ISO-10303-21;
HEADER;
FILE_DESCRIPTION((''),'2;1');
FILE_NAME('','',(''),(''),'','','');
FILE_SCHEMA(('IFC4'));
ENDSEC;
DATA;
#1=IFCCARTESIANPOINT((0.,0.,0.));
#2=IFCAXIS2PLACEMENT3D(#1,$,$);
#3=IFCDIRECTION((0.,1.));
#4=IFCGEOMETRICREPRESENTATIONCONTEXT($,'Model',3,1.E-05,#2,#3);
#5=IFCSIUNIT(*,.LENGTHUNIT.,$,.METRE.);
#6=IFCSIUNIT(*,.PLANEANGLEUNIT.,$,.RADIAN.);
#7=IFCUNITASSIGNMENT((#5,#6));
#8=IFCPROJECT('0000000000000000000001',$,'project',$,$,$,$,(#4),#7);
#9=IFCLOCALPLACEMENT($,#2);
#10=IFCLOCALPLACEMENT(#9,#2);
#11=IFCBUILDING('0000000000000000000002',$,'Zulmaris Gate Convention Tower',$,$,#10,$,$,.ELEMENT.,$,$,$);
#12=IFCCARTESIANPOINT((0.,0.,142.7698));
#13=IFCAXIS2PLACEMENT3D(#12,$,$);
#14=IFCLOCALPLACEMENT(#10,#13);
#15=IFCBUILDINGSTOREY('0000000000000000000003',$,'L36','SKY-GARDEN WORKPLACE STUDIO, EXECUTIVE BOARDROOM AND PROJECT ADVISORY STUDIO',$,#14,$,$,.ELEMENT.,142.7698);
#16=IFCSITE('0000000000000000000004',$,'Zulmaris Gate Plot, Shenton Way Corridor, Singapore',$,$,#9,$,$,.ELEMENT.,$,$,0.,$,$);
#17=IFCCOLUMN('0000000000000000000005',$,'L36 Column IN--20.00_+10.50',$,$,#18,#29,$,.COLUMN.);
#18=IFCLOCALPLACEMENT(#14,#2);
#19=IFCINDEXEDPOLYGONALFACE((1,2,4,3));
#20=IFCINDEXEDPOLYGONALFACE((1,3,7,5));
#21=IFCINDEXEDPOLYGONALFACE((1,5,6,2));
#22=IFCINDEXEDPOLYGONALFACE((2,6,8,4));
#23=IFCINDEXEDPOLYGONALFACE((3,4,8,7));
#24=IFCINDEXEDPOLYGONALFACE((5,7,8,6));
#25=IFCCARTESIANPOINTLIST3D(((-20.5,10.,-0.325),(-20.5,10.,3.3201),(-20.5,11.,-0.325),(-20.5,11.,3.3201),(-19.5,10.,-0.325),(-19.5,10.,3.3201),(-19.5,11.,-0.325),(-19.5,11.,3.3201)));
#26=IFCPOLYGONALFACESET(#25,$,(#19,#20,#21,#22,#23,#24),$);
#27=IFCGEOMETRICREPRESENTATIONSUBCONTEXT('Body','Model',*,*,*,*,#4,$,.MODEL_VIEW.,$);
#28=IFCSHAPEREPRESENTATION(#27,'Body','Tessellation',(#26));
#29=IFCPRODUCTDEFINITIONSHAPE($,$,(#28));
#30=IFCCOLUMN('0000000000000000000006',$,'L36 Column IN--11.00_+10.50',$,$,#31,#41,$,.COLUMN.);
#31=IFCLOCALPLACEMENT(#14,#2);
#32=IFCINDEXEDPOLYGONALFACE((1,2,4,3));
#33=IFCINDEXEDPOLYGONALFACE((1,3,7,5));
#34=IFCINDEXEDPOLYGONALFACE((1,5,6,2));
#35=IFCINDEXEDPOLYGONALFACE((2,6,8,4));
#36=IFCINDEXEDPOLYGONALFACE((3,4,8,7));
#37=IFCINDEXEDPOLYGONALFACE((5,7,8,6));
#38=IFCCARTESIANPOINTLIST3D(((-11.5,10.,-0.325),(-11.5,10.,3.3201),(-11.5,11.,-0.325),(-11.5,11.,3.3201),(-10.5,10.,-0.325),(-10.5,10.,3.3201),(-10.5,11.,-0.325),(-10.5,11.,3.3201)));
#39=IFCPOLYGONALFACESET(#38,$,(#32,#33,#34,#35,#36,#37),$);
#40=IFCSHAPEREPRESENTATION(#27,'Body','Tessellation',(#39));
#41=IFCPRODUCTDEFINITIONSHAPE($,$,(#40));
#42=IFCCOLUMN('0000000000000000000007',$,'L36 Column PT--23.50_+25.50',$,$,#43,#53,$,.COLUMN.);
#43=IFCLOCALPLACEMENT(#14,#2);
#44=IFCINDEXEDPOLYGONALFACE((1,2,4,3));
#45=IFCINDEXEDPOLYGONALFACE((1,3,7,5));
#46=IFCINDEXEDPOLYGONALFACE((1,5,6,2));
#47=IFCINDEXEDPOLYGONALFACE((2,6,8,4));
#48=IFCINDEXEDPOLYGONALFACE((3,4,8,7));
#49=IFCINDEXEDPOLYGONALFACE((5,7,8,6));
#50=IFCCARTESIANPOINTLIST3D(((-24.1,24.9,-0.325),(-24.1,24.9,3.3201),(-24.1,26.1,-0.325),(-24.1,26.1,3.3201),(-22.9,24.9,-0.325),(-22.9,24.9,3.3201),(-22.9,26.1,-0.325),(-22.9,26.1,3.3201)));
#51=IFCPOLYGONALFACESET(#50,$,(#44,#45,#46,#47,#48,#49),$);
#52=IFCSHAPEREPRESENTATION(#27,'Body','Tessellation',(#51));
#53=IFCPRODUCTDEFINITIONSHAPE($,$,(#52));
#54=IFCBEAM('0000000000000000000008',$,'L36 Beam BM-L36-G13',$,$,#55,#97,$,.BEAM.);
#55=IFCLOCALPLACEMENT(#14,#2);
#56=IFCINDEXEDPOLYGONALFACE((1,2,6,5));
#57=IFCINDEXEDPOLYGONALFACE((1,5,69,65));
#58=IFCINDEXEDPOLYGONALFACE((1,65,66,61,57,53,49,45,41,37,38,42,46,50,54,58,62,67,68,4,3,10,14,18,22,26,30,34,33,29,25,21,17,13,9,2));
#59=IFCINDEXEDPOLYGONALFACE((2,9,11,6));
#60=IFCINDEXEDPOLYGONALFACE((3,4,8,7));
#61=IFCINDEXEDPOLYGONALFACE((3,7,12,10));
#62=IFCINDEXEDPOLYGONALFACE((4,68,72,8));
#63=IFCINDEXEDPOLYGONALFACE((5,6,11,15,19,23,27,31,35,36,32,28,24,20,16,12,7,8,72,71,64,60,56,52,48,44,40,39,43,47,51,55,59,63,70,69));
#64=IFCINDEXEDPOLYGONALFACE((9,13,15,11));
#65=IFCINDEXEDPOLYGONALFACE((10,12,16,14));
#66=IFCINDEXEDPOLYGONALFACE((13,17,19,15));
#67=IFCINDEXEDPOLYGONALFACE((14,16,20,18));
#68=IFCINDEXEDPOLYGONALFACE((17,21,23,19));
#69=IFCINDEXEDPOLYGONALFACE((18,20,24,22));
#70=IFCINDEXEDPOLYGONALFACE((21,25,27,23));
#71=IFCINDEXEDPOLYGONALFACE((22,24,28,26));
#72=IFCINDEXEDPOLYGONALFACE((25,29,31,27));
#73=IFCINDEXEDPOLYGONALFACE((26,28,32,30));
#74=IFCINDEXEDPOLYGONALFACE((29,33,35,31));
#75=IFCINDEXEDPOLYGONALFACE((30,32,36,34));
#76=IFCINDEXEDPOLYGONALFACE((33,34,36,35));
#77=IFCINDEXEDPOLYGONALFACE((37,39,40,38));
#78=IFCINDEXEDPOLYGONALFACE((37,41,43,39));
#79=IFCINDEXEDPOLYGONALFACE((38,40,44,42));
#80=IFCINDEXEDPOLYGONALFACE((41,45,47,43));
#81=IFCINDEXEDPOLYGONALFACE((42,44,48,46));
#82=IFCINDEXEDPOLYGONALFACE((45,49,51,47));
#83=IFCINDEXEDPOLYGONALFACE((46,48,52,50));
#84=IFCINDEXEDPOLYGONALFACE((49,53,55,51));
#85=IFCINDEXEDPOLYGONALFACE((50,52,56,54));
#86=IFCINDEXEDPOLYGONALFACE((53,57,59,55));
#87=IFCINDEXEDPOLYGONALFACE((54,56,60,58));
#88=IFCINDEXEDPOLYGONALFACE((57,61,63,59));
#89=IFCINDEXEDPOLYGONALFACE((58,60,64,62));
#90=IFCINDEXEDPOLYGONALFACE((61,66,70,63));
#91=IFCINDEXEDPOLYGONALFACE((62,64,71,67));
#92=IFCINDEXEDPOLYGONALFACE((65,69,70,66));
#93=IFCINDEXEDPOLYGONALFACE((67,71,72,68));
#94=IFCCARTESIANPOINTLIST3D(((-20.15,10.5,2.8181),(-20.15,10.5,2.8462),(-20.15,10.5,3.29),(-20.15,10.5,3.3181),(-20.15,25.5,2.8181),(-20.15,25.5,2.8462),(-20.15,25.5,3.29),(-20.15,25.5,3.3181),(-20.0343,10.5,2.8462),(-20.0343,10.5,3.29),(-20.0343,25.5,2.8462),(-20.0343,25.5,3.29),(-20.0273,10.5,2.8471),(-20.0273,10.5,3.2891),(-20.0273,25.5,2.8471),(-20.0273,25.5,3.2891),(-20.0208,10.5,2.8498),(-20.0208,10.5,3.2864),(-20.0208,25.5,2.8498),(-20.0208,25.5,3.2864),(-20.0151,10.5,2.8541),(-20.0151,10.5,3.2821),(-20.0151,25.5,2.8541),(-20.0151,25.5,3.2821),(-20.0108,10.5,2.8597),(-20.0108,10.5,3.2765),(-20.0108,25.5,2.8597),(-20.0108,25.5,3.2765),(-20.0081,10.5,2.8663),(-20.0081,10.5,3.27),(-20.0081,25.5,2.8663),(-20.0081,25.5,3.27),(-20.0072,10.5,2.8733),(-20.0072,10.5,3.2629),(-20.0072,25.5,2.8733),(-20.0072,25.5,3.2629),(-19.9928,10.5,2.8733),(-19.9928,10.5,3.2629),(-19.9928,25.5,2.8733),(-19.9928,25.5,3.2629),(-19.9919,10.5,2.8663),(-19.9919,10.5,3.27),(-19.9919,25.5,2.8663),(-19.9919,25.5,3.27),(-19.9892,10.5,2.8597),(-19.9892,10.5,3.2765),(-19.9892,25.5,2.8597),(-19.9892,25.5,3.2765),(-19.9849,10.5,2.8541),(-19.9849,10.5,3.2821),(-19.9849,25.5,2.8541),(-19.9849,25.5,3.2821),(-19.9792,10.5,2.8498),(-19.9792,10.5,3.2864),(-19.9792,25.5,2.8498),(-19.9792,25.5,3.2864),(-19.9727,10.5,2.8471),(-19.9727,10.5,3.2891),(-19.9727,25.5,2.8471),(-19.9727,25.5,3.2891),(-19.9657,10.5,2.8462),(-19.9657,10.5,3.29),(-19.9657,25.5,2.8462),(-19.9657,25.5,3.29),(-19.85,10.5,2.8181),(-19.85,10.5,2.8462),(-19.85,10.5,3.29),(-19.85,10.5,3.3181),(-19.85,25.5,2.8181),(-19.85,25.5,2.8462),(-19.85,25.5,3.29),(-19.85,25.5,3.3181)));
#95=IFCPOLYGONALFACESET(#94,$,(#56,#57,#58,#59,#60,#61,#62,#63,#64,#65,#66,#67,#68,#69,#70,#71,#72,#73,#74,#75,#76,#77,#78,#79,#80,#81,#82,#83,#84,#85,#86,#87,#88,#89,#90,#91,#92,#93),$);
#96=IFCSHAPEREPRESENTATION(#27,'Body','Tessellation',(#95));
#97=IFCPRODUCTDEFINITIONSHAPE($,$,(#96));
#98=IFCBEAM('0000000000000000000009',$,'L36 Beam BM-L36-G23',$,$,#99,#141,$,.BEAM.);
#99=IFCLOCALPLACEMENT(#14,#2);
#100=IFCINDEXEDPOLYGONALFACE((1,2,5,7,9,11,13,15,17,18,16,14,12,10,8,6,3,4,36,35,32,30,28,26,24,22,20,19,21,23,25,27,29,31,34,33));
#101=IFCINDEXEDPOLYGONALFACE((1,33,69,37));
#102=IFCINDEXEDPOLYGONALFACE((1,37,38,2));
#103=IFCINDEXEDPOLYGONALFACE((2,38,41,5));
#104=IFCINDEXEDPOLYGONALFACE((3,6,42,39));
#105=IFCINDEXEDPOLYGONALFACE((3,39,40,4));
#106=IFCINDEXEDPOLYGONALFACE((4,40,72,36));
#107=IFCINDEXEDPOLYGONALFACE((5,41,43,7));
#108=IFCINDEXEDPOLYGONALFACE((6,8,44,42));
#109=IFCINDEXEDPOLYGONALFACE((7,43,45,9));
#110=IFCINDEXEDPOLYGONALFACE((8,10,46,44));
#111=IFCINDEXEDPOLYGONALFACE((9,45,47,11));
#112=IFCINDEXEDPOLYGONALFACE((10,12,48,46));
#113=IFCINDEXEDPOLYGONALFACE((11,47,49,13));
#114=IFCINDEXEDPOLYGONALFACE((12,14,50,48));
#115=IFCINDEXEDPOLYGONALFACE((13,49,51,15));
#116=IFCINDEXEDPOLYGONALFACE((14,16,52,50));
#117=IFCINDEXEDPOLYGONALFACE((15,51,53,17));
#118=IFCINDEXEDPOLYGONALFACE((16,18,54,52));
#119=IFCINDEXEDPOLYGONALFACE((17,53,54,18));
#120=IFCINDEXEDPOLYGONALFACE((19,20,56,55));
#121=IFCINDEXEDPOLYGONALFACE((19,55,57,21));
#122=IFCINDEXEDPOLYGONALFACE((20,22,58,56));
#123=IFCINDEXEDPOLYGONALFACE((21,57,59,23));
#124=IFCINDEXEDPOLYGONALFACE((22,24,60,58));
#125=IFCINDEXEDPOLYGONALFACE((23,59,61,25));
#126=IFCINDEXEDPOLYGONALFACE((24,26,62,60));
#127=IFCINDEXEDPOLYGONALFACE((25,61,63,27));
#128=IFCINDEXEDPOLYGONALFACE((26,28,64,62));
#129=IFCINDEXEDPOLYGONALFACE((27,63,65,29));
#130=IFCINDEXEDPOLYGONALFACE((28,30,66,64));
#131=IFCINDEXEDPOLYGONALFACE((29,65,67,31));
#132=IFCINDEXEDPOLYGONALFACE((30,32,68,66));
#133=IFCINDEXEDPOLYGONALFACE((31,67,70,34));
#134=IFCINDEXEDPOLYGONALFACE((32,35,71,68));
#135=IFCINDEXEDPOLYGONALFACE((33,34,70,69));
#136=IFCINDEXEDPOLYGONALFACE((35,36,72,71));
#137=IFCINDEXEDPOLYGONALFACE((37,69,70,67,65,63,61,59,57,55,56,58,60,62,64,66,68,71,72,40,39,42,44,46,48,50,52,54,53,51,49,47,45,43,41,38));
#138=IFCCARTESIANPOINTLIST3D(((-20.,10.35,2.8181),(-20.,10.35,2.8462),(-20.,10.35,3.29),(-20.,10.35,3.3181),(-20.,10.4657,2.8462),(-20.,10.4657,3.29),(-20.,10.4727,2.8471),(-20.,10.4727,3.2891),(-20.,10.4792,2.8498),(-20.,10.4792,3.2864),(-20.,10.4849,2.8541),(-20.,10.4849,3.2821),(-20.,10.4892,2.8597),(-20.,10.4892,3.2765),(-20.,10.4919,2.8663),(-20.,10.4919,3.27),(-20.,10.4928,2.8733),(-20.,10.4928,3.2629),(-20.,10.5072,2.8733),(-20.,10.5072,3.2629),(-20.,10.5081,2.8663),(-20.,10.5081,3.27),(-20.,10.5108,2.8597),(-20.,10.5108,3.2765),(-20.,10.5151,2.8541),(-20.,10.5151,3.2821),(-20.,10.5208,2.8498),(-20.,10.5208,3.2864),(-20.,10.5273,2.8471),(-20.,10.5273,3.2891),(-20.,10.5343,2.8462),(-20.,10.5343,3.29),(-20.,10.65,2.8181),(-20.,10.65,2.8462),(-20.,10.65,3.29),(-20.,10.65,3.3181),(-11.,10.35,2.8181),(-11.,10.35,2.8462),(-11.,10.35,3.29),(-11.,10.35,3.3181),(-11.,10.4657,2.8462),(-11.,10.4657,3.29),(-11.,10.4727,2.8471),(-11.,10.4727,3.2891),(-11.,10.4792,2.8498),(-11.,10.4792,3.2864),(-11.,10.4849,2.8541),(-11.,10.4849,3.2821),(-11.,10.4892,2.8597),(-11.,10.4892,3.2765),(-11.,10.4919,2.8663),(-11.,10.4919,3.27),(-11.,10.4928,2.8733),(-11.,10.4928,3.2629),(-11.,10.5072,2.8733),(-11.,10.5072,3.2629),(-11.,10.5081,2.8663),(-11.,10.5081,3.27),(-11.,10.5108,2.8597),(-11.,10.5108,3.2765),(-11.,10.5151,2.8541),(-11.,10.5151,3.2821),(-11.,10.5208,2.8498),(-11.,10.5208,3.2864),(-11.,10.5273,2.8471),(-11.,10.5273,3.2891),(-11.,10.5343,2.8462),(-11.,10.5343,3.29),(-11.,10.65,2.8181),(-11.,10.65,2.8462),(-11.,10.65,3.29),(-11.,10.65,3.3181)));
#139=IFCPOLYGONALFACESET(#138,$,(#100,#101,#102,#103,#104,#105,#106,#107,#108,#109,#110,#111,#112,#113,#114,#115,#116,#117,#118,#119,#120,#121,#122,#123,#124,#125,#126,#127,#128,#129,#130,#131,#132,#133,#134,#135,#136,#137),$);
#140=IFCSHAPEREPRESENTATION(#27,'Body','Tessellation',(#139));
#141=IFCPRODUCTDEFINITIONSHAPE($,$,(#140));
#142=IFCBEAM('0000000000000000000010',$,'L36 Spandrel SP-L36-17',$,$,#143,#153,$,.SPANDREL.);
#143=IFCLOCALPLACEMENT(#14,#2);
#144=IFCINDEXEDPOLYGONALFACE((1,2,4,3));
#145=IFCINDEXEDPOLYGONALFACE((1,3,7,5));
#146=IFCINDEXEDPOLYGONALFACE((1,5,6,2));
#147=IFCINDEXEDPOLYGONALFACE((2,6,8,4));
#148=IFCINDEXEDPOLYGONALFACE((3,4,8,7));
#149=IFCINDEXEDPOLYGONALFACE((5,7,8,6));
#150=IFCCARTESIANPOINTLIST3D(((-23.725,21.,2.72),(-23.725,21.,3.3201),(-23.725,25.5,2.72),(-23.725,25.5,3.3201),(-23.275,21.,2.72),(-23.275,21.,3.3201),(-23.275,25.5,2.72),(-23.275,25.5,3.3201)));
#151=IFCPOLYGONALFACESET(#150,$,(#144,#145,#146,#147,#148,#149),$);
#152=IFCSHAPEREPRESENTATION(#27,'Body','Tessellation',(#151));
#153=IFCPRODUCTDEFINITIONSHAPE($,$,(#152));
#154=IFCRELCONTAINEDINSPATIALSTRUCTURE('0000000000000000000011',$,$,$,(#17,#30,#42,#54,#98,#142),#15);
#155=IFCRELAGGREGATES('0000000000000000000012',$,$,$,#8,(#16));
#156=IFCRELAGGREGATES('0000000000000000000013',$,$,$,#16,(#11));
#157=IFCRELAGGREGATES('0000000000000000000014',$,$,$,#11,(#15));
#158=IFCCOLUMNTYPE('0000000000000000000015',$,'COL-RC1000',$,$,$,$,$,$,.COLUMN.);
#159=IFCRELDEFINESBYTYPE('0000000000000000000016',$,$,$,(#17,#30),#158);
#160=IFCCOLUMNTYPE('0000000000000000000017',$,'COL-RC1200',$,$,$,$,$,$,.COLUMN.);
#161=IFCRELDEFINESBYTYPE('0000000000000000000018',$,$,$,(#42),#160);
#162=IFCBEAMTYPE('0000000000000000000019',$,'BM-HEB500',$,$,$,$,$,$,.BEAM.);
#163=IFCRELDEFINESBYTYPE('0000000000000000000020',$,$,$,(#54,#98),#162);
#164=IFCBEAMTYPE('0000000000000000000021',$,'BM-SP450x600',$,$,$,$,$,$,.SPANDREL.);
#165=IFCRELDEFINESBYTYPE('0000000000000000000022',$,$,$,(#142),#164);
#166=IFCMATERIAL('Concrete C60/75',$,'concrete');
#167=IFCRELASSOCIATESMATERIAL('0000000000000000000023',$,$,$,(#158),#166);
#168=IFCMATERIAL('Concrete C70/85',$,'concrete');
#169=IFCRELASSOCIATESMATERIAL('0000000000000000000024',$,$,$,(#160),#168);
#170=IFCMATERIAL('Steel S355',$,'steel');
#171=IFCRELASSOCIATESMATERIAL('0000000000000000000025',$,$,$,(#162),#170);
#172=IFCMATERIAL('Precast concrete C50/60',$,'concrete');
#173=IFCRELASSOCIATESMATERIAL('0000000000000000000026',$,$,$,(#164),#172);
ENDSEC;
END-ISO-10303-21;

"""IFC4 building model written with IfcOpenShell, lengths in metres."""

from ifc_helpers import new_model, si_unit, direction, frame, origin, origin_2d, place, context, subcontext, project, spatial, rectangle, i_section, extrude, material, material_profile, profile_set, type_object, element, save


model = new_model("IFC4")

# Units and contexts
model_context = context("Model", 3, precision=1e-05, world=origin(), true_north=direction((0.0, 1.0)))
body_context = subcontext(model_context, "Body", "Model", "MODEL_VIEW")
ifc_project = project(units=[si_unit("LENGTHUNIT", "METRE"), si_unit("PLANEANGLEUNIT", "RADIAN")], contexts=[model_context])

# Site, building, storey
site_placement = place(None, origin())
site = spatial("IfcSite", under=ifc_project, at=site_placement, Name="Zulmaris Gate Plot, Shenton Way Corridor, Singapore", CompositionType="ELEMENT", RefElevation=0.0)
building_placement = place(site_placement, origin())
building = spatial("IfcBuilding", under=site, at=building_placement, Name="Zulmaris Gate Convention Tower", CompositionType="ELEMENT")
storey_placement = place(building_placement, frame((0.0, 0.0, 142.7698)))
storey = spatial("IfcBuildingStorey", under=building, at=storey_placement, Name="L36", Description="SKY-GARDEN WORKPLACE STUDIO, EXECUTIVE BOARDROOM AND PROJECT ADVISORY STUDIO", CompositionType="ELEMENT", Elevation=142.7698)

# Columns
ifc_material_1 = material(Name="Concrete C60/75", Category="concrete")
ifc_material_profile_1 = material_profile(ifc_material_1, rectangle(XDim=1.0, YDim=1.0, at=origin_2d()), Name="RC COL 1000x1000")
ifc_profile_set_1 = profile_set([ifc_material_profile_1], Name="Concrete C60/75")
column_type_1 = type_object("IfcColumnType", Name="COL-RC1000", PredefinedType="COLUMN", material=ifc_profile_set_1)
for number, where, z_axis, x_axis, name in (
    (1, (-20.0, 10.5, -0.325), (0.0, 0.0, 1.0), (1.0, 0.0, 0.0), "L36 Column IN--20.00_+10.50"),
    (2, (-11.0, 10.5, -0.325), (0.0, 0.0, 1.0), (1.0, 0.0, 0.0), "L36 Column IN--11.00_+10.50"),
):
    element("IfcColumn", number, at=place(storey_placement, frame(where, z_axis=z_axis, x_axis=x_axis)), inside=storey, type_object=column_type_1, Name=name, PredefinedType="COLUMN", context=body_context, shape_type="SweptSolid", body=[
        extrude(rectangle(XDim=1.0, YDim=1.0, at=origin_2d()), origin(), (0.0, 0.0, 1.0), 3.645),
    ])
ifc_material_2 = material(Name="Concrete C70/85", Category="concrete")
ifc_material_profile_2 = material_profile(ifc_material_2, rectangle(XDim=1.2, YDim=1.2, at=origin_2d()), Name="RC COL 1200x1200")
ifc_profile_set_2 = profile_set([ifc_material_profile_2], Name="Concrete C70/85")
column_type_2 = type_object("IfcColumnType", Name="COL-RC1200", PredefinedType="COLUMN", material=ifc_profile_set_2)
column_placement = place(storey_placement, frame((-23.5, 25.5, -0.325), z_axis=(0.0, 0.0, 1.0), x_axis=(1.0, 0.0, 0.0)))
element("IfcColumn", 3, at=column_placement, inside=storey, type_object=column_type_2, Name="L36 Column PT--23.50_+25.50", PredefinedType="COLUMN", context=body_context, shape_type="SweptSolid", body=[
    extrude(rectangle(XDim=1.2, YDim=1.2, at=origin_2d()), origin(), (0.0, 0.0, 1.0), 3.645),
])

# Beams
ifc_material_3 = material(Name="Steel S355", Category="steel")
ifc_material_profile_3 = material_profile(ifc_material_3, i_section(OverallWidth=0.3, OverallDepth=0.5, WebThickness=0.0144, FlangeThickness=0.0281, FilletRadius=0.0271, at=origin_2d()), Name="HEB 500")
ifc_profile_set_3 = profile_set([ifc_material_profile_3], Name="Steel S355")
beam_type_1 = type_object("IfcBeamType", Name="BM-HEB500", PredefinedType="BEAM", material=ifc_profile_set_3)
beam_1_placement = place(storey_placement, frame((-20.0, 10.5, 3.0681), z_axis=(0.0, 1.0, 0.0), x_axis=(-1.0, 0.0, 0.0)))
element("IfcBeam", 4, at=beam_1_placement, inside=storey, type_object=beam_type_1, Name="L36 Beam BM-L36-G13", PredefinedType="BEAM", context=body_context, shape_type="SweptSolid", body=[
    extrude(i_section(OverallWidth=0.3, OverallDepth=0.5, WebThickness=0.0144, FlangeThickness=0.0281, FilletRadius=0.0271, at=origin_2d()), origin(), (0.0, 0.0, 1.0), 15.0),
])
beam_2_placement = place(storey_placement, frame((-20.0, 10.5, 3.0681), z_axis=(1.0, 0.0, 0.0), x_axis=(0.0, 1.0, 0.0)))
element("IfcBeam", 5, at=beam_2_placement, inside=storey, type_object=beam_type_1, Name="L36 Beam BM-L36-G23", PredefinedType="BEAM", context=body_context, shape_type="SweptSolid", body=[
    extrude(i_section(OverallWidth=0.3, OverallDepth=0.5, WebThickness=0.0144, FlangeThickness=0.0281, FilletRadius=0.0271, at=origin_2d()), origin(), (0.0, 0.0, 1.0), 9.0),
])
ifc_material_4 = material(Name="Precast concrete C50/60", Category="concrete")
ifc_material_profile_4 = material_profile(ifc_material_4, rectangle(XDim=0.45, YDim=0.6001, at=origin_2d()), Name="RC SPANDREL 450x600")
ifc_profile_set_4 = profile_set([ifc_material_profile_4], Name="Precast concrete C50/60")
beam_type_2 = type_object("IfcBeamType", Name="BM-SP450x600", PredefinedType="SPANDREL", material=ifc_profile_set_4)
beam_3_placement = place(storey_placement, frame((-23.5, 25.5, 3.02), z_axis=(0.0, -1.0, 0.0), x_axis=(1.0, 0.0, 0.0)))
element("IfcBeam", 6, at=beam_3_placement, inside=storey, type_object=beam_type_2, Name="L36 Spandrel SP-L36-17", PredefinedType="SPANDREL", context=body_context, shape_type="SweptSolid", body=[
    extrude(rectangle(XDim=0.45, YDim=0.6001, at=origin_2d()), origin(), (0.0, 0.0, 1.0), 4.5),
])

save(model, "model.ifc")
